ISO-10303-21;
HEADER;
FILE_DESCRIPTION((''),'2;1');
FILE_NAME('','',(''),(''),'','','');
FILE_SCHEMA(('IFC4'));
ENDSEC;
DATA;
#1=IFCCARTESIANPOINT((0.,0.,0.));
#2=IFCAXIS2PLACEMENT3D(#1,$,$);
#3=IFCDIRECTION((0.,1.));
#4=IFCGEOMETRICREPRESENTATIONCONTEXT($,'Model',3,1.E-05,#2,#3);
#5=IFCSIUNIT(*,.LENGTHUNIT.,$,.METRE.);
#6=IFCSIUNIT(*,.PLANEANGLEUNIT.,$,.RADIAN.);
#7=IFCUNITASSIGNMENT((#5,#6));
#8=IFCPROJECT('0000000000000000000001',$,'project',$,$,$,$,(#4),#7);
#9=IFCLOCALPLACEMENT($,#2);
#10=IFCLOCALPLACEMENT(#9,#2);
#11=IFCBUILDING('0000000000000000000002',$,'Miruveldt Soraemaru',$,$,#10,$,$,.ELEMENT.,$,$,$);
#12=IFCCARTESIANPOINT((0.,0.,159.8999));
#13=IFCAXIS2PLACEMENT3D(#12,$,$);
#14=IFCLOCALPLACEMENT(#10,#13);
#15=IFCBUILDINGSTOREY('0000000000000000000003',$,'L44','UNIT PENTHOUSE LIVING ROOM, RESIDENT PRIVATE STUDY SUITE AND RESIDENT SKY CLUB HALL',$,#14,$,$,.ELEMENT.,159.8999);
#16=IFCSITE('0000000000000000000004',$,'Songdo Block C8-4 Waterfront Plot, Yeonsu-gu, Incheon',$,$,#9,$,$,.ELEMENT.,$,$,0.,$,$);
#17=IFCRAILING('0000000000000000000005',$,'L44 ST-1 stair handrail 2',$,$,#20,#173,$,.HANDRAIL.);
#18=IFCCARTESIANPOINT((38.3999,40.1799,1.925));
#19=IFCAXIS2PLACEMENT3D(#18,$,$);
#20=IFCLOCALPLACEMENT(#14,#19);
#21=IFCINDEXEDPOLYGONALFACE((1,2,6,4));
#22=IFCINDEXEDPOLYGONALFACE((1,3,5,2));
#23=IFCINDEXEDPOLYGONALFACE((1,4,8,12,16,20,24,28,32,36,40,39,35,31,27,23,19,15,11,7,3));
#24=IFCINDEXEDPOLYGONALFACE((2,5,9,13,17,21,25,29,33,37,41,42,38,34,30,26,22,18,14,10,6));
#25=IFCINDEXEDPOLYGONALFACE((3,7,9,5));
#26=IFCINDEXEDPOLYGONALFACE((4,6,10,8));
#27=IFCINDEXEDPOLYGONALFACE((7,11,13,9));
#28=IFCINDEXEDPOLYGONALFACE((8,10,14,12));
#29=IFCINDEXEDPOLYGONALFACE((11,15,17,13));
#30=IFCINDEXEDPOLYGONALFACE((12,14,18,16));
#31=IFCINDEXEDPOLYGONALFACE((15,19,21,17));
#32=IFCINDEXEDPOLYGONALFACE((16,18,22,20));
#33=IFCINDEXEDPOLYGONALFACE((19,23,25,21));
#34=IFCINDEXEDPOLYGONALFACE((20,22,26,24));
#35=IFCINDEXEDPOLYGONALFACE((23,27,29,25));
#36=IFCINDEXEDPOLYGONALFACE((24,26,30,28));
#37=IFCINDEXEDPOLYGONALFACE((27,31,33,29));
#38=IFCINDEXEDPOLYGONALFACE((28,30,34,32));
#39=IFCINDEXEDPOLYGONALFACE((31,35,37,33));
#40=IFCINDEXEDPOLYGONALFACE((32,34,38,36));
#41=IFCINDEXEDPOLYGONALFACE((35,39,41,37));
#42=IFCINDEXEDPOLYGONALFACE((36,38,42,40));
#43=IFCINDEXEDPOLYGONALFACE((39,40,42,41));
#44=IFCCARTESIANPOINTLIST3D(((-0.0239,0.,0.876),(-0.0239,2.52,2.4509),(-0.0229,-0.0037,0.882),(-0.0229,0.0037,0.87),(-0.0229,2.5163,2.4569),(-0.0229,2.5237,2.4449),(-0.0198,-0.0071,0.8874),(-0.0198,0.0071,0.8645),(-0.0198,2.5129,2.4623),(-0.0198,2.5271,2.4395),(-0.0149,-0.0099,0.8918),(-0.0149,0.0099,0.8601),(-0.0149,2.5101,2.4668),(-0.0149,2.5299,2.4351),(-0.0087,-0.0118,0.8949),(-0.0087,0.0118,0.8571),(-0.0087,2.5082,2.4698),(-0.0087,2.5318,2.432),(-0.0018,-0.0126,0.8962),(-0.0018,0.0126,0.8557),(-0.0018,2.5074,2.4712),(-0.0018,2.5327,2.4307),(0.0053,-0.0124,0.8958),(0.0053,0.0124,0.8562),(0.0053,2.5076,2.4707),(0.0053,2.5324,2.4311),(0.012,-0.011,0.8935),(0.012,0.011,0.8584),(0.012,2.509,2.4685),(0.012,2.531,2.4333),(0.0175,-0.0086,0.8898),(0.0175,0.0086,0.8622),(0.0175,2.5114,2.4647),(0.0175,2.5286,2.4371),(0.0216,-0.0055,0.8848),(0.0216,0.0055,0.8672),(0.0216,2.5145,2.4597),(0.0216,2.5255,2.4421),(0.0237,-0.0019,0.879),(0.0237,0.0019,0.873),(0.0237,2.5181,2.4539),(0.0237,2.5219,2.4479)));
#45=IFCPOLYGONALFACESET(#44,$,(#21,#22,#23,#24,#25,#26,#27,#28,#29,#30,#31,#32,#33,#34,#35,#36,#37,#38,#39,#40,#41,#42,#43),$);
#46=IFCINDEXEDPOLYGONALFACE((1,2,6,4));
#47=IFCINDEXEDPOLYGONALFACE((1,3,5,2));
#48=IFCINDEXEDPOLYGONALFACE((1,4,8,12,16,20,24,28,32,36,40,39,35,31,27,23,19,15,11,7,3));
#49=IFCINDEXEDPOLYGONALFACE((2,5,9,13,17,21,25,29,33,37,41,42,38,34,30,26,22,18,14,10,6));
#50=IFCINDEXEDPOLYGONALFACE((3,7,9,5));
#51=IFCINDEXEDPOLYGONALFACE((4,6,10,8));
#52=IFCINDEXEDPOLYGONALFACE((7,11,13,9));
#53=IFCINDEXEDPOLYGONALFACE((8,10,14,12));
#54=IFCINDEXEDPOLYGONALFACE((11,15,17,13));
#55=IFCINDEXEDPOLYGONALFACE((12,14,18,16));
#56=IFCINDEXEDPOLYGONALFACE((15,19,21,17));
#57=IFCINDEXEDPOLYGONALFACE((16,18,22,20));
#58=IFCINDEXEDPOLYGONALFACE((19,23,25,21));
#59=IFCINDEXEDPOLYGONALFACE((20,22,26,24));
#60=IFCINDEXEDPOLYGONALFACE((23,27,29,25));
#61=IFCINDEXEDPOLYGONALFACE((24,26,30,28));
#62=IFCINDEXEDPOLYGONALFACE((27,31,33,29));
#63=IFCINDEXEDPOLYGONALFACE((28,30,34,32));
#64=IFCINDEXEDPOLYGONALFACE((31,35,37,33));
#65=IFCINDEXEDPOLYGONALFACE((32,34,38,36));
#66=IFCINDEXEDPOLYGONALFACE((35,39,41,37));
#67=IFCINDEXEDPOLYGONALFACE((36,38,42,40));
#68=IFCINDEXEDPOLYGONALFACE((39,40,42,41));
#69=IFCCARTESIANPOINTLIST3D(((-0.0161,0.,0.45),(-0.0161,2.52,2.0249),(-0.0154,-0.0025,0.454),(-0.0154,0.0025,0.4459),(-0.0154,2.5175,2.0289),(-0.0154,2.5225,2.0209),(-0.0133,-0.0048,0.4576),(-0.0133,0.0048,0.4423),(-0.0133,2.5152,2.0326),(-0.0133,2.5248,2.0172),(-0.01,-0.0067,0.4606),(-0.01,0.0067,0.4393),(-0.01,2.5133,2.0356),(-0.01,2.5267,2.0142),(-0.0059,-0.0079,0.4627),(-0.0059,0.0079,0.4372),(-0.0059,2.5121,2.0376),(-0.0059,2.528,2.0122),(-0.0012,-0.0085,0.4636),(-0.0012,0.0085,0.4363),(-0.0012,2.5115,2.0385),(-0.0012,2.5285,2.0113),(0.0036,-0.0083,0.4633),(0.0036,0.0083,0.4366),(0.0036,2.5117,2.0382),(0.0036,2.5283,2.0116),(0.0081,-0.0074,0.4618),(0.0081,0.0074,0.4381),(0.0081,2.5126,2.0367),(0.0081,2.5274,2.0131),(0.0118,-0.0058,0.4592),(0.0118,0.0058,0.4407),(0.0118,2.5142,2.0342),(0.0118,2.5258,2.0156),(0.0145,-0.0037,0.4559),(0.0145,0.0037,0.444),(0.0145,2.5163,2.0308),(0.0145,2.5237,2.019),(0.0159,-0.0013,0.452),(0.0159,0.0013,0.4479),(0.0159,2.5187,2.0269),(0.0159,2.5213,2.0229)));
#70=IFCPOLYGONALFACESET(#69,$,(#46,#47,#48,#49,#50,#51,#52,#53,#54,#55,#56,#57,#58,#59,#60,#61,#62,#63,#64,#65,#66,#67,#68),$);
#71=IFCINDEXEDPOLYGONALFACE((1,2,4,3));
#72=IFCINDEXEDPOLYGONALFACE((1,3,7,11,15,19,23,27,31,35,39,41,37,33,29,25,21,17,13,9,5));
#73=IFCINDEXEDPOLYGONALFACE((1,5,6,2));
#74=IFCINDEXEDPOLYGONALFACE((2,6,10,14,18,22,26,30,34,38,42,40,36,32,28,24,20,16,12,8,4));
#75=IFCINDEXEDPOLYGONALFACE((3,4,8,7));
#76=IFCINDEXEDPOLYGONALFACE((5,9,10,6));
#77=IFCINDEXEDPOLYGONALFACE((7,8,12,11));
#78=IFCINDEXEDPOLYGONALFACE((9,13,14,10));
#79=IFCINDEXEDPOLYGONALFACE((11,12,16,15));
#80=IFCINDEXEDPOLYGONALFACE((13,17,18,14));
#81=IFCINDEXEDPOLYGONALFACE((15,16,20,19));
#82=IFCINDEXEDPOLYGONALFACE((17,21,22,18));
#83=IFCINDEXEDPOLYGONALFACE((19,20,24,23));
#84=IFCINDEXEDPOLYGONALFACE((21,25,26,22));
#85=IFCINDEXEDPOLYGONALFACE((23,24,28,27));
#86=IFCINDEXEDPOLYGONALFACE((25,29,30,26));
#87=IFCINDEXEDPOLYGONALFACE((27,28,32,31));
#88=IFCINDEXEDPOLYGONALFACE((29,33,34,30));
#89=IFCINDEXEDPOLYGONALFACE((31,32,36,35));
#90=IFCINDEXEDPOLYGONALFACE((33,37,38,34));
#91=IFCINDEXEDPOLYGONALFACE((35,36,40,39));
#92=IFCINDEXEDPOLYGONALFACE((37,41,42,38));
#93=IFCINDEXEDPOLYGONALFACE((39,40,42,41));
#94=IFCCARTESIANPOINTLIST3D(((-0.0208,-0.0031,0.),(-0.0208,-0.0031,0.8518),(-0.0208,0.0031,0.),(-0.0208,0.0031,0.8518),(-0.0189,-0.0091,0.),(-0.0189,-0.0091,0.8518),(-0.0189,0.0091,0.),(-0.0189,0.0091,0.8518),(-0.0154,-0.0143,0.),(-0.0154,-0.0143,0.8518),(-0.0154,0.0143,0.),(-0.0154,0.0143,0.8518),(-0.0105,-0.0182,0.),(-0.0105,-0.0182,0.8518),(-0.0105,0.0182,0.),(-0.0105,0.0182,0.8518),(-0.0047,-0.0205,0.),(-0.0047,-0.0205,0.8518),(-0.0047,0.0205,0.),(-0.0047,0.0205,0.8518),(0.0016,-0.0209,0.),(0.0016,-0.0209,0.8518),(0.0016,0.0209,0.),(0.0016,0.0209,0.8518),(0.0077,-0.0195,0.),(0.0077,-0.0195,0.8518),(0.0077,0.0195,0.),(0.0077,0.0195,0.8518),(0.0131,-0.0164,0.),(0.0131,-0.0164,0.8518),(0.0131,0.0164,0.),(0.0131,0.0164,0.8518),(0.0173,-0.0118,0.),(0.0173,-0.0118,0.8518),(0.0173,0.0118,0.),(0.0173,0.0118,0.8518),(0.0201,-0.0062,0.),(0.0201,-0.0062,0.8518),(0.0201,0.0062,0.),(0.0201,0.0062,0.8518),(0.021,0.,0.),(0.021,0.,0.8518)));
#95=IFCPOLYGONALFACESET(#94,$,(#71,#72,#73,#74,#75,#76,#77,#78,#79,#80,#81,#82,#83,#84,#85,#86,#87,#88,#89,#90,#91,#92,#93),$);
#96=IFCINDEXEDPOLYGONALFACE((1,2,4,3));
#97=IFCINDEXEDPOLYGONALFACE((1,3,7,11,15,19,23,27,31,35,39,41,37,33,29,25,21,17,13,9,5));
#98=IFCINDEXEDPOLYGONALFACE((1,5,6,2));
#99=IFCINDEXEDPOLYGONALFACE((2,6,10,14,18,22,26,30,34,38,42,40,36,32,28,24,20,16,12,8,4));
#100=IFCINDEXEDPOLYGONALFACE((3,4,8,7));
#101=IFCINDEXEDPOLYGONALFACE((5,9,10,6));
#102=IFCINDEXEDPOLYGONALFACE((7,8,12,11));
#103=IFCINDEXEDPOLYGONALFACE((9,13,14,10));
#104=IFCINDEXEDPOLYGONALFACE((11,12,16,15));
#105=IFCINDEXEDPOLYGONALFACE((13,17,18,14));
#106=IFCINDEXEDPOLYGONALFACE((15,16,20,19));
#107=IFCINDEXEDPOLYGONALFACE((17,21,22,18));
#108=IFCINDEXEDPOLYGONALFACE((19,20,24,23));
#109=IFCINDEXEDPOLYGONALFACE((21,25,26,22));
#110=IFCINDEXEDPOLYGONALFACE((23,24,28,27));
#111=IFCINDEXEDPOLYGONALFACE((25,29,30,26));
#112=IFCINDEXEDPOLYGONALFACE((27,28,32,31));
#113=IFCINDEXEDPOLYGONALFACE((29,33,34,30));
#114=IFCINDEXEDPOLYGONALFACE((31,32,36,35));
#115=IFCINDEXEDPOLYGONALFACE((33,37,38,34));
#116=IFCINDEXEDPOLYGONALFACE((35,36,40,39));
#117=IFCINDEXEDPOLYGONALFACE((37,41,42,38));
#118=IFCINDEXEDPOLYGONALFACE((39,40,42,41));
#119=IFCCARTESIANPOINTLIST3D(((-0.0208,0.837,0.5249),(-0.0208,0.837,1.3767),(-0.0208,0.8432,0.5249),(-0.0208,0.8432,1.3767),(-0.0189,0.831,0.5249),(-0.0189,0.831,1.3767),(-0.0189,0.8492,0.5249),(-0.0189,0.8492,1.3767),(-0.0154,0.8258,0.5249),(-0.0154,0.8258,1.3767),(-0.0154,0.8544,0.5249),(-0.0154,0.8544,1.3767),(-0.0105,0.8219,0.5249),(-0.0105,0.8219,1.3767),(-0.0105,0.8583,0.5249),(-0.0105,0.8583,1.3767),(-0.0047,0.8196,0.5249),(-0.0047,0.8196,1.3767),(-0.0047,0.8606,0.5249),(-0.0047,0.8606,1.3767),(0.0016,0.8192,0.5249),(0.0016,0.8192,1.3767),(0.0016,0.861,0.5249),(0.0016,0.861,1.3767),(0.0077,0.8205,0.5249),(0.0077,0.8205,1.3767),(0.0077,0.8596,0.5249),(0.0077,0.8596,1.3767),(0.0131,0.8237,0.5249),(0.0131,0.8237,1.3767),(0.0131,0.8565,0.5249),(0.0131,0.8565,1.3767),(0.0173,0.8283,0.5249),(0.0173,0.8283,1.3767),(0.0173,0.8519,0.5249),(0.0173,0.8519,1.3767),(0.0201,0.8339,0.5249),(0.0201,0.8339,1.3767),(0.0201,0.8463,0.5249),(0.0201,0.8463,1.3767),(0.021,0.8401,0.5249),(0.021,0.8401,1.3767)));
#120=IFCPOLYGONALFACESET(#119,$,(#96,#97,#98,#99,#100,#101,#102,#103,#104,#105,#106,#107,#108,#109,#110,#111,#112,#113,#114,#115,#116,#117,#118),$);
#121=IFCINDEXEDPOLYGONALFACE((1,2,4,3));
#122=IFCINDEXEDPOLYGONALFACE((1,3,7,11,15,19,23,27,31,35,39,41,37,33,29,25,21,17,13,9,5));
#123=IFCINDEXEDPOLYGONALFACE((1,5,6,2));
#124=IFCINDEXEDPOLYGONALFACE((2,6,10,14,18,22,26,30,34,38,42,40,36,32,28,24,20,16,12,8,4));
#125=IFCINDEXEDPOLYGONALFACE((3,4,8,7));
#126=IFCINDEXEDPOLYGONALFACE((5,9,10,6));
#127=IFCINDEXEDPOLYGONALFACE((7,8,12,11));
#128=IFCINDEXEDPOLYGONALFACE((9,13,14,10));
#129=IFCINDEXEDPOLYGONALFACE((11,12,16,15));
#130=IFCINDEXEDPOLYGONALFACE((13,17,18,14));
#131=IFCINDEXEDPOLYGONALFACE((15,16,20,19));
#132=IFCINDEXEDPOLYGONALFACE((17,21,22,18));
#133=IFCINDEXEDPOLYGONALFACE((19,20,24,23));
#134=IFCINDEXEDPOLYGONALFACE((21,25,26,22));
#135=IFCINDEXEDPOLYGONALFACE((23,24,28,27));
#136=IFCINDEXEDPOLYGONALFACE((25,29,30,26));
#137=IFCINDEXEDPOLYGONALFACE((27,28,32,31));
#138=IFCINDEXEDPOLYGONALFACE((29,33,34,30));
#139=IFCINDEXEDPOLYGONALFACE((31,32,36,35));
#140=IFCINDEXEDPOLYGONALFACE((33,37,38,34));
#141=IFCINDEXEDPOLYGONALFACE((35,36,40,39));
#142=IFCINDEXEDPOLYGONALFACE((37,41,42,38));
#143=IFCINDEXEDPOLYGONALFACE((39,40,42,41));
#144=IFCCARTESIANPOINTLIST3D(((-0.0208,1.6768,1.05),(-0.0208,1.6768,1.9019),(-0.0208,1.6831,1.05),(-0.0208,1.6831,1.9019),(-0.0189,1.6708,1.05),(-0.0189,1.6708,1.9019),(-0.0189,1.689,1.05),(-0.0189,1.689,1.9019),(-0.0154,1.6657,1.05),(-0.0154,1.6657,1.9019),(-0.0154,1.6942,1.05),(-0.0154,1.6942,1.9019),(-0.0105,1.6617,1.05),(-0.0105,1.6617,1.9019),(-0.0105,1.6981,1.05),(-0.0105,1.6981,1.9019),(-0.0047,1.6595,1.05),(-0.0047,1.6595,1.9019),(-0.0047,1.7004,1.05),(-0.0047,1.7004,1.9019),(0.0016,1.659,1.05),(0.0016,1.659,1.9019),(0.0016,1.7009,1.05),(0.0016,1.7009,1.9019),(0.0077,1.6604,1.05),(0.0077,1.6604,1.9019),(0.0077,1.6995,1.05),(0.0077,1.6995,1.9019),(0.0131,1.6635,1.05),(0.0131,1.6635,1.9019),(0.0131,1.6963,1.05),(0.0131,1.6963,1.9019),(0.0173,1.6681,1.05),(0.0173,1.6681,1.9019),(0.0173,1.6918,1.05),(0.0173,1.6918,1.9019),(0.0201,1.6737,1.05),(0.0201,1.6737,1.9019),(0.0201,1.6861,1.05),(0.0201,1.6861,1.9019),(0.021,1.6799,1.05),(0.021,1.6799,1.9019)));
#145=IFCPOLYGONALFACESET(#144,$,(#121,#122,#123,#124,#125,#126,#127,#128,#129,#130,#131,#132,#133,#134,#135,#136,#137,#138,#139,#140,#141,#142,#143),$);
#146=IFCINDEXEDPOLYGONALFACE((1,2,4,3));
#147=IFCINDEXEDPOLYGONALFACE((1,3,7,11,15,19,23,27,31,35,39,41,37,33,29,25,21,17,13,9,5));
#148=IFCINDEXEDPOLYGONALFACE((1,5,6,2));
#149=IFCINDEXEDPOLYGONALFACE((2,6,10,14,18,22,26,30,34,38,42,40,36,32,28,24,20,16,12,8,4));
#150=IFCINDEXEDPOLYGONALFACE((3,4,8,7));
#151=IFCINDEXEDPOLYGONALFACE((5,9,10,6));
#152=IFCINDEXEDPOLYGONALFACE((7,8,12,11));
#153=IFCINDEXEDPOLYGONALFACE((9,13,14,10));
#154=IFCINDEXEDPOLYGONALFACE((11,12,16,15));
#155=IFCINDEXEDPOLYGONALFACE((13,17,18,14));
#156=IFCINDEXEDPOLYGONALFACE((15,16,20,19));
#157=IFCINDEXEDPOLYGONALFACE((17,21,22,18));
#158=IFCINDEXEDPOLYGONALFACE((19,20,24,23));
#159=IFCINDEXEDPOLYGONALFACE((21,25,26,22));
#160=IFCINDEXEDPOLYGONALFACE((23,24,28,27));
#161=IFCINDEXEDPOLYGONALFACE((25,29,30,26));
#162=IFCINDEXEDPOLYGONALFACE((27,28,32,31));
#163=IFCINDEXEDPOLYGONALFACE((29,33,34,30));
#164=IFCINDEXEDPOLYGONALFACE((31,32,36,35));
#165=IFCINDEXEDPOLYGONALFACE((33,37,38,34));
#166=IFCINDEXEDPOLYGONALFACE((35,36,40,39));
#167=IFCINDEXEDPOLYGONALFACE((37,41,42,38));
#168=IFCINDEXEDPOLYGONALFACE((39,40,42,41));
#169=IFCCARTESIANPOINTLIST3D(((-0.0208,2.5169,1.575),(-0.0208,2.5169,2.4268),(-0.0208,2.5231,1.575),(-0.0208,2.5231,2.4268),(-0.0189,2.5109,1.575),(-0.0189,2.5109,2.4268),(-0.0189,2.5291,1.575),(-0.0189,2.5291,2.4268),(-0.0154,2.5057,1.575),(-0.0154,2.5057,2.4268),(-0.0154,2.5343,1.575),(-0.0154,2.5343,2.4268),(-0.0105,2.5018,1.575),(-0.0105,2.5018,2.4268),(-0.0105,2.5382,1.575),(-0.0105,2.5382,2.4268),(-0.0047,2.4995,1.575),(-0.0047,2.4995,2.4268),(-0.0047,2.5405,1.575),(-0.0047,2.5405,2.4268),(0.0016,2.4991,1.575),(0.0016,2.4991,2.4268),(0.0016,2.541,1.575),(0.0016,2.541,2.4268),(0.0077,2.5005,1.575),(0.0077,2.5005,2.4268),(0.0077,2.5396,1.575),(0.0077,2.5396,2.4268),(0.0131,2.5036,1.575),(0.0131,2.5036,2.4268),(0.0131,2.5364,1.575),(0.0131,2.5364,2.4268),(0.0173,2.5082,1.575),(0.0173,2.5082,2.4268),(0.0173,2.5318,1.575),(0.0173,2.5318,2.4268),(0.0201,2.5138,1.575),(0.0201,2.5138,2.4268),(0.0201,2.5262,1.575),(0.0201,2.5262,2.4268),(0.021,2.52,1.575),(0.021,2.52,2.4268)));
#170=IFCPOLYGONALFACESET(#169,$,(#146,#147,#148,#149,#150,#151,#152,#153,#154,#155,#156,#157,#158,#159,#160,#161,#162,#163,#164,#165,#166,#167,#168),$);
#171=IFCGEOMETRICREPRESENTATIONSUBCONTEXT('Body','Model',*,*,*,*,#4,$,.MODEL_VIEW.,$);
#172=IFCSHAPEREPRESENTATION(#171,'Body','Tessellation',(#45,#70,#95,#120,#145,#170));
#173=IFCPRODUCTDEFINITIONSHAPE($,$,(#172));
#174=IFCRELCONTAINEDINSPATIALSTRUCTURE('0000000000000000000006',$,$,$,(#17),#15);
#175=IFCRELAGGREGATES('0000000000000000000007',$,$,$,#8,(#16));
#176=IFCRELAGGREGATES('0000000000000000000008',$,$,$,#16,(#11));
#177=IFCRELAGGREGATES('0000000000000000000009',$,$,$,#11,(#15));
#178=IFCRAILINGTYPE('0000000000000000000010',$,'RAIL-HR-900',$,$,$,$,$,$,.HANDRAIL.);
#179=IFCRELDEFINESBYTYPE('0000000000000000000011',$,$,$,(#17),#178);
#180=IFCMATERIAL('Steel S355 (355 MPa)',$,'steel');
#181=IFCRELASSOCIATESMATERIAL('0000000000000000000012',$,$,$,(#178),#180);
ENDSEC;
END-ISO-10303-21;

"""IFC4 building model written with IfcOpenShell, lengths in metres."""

from ifc_helpers import new_model, si_unit, direction, frame, origin, origin_2d, place, context, subcontext, project, spatial, circle, extrude, material, type_object, element, save


model = new_model("IFC4")

# Units and contexts
model_context = context("Model", 3, precision=1e-05, world=origin(), true_north=direction((0.0, 1.0)))
body_context = subcontext(model_context, "Body", "Model", "MODEL_VIEW")
ifc_project = project(units=[si_unit("LENGTHUNIT", "METRE"), si_unit("PLANEANGLEUNIT", "RADIAN")], contexts=[model_context])

# Site, building, storey
site_placement = place(None, origin())
site = spatial("IfcSite", under=ifc_project, at=site_placement, Name="Songdo Block C8-4 Waterfront Plot, Yeonsu-gu, Incheon", CompositionType="ELEMENT", RefElevation=0.0)
building_placement = place(site_placement, origin())
building = spatial("IfcBuilding", under=site, at=building_placement, Name="Miruveldt Soraemaru", CompositionType="ELEMENT")
storey_placement = place(building_placement, frame((0.0, 0.0, 159.8999)))
storey = spatial("IfcBuildingStorey", under=building, at=storey_placement, Name="L44", Description="UNIT PENTHOUSE LIVING ROOM, RESIDENT PRIVATE STUDY SUITE AND RESIDENT SKY CLUB HALL", CompositionType="ELEMENT", Elevation=159.8999)

# Railing
ifc_material_1 = material(Name="Steel S355 (355 MPa)", Category="steel")
railing_type_1 = type_object("IfcRailingType", Name="RAIL-HR-900", PredefinedType="HANDRAIL", material=ifc_material_1)
railing_1_placement = place(storey_placement, frame((38.3999, 40.1799, 1.925)))
element("IfcRailing", 1, at=railing_1_placement, inside=storey, type_object=railing_type_1, Name="L44 ST-1 stair handrail 2", PredefinedType="HANDRAIL", context=body_context, shape_type="SweptSolid", body=[
    extrude(circle(Radius=0.0239, at=origin_2d()), frame((0.0, 0.0, 0.876), z_axis=(0.0, 0.848008, 0.529984), x_axis=(-1.0, 0.0, 0.0)), (0.0, 0.0, 1.0), 2.9717),
    extrude(circle(Radius=0.0161, at=origin_2d()), frame((0.0, 0.0, 0.45), z_axis=(0.0, 0.848008, 0.529984), x_axis=(-1.0, 0.0, 0.0)), (0.0, 0.0, 1.0), 2.9717),
    extrude(circle(Radius=0.021, at=origin_2d()), origin(), (0.0, 0.0, 1.0), 0.8518),
    extrude(circle(Radius=0.021, at=origin_2d()), frame((0.0, 0.8401, 0.5249)), (0.0, 0.0, 1.0), 0.8518),
    extrude(circle(Radius=0.021, at=origin_2d()), frame((0.0, 1.6799, 1.05)), (0.0, 0.0, 1.0), 0.8518),
    extrude(circle(Radius=0.021, at=origin_2d()), frame((0.0, 2.52, 1.575)), (0.0, 0.0, 1.0), 0.8518),
])

save(model, "model.ifc")
